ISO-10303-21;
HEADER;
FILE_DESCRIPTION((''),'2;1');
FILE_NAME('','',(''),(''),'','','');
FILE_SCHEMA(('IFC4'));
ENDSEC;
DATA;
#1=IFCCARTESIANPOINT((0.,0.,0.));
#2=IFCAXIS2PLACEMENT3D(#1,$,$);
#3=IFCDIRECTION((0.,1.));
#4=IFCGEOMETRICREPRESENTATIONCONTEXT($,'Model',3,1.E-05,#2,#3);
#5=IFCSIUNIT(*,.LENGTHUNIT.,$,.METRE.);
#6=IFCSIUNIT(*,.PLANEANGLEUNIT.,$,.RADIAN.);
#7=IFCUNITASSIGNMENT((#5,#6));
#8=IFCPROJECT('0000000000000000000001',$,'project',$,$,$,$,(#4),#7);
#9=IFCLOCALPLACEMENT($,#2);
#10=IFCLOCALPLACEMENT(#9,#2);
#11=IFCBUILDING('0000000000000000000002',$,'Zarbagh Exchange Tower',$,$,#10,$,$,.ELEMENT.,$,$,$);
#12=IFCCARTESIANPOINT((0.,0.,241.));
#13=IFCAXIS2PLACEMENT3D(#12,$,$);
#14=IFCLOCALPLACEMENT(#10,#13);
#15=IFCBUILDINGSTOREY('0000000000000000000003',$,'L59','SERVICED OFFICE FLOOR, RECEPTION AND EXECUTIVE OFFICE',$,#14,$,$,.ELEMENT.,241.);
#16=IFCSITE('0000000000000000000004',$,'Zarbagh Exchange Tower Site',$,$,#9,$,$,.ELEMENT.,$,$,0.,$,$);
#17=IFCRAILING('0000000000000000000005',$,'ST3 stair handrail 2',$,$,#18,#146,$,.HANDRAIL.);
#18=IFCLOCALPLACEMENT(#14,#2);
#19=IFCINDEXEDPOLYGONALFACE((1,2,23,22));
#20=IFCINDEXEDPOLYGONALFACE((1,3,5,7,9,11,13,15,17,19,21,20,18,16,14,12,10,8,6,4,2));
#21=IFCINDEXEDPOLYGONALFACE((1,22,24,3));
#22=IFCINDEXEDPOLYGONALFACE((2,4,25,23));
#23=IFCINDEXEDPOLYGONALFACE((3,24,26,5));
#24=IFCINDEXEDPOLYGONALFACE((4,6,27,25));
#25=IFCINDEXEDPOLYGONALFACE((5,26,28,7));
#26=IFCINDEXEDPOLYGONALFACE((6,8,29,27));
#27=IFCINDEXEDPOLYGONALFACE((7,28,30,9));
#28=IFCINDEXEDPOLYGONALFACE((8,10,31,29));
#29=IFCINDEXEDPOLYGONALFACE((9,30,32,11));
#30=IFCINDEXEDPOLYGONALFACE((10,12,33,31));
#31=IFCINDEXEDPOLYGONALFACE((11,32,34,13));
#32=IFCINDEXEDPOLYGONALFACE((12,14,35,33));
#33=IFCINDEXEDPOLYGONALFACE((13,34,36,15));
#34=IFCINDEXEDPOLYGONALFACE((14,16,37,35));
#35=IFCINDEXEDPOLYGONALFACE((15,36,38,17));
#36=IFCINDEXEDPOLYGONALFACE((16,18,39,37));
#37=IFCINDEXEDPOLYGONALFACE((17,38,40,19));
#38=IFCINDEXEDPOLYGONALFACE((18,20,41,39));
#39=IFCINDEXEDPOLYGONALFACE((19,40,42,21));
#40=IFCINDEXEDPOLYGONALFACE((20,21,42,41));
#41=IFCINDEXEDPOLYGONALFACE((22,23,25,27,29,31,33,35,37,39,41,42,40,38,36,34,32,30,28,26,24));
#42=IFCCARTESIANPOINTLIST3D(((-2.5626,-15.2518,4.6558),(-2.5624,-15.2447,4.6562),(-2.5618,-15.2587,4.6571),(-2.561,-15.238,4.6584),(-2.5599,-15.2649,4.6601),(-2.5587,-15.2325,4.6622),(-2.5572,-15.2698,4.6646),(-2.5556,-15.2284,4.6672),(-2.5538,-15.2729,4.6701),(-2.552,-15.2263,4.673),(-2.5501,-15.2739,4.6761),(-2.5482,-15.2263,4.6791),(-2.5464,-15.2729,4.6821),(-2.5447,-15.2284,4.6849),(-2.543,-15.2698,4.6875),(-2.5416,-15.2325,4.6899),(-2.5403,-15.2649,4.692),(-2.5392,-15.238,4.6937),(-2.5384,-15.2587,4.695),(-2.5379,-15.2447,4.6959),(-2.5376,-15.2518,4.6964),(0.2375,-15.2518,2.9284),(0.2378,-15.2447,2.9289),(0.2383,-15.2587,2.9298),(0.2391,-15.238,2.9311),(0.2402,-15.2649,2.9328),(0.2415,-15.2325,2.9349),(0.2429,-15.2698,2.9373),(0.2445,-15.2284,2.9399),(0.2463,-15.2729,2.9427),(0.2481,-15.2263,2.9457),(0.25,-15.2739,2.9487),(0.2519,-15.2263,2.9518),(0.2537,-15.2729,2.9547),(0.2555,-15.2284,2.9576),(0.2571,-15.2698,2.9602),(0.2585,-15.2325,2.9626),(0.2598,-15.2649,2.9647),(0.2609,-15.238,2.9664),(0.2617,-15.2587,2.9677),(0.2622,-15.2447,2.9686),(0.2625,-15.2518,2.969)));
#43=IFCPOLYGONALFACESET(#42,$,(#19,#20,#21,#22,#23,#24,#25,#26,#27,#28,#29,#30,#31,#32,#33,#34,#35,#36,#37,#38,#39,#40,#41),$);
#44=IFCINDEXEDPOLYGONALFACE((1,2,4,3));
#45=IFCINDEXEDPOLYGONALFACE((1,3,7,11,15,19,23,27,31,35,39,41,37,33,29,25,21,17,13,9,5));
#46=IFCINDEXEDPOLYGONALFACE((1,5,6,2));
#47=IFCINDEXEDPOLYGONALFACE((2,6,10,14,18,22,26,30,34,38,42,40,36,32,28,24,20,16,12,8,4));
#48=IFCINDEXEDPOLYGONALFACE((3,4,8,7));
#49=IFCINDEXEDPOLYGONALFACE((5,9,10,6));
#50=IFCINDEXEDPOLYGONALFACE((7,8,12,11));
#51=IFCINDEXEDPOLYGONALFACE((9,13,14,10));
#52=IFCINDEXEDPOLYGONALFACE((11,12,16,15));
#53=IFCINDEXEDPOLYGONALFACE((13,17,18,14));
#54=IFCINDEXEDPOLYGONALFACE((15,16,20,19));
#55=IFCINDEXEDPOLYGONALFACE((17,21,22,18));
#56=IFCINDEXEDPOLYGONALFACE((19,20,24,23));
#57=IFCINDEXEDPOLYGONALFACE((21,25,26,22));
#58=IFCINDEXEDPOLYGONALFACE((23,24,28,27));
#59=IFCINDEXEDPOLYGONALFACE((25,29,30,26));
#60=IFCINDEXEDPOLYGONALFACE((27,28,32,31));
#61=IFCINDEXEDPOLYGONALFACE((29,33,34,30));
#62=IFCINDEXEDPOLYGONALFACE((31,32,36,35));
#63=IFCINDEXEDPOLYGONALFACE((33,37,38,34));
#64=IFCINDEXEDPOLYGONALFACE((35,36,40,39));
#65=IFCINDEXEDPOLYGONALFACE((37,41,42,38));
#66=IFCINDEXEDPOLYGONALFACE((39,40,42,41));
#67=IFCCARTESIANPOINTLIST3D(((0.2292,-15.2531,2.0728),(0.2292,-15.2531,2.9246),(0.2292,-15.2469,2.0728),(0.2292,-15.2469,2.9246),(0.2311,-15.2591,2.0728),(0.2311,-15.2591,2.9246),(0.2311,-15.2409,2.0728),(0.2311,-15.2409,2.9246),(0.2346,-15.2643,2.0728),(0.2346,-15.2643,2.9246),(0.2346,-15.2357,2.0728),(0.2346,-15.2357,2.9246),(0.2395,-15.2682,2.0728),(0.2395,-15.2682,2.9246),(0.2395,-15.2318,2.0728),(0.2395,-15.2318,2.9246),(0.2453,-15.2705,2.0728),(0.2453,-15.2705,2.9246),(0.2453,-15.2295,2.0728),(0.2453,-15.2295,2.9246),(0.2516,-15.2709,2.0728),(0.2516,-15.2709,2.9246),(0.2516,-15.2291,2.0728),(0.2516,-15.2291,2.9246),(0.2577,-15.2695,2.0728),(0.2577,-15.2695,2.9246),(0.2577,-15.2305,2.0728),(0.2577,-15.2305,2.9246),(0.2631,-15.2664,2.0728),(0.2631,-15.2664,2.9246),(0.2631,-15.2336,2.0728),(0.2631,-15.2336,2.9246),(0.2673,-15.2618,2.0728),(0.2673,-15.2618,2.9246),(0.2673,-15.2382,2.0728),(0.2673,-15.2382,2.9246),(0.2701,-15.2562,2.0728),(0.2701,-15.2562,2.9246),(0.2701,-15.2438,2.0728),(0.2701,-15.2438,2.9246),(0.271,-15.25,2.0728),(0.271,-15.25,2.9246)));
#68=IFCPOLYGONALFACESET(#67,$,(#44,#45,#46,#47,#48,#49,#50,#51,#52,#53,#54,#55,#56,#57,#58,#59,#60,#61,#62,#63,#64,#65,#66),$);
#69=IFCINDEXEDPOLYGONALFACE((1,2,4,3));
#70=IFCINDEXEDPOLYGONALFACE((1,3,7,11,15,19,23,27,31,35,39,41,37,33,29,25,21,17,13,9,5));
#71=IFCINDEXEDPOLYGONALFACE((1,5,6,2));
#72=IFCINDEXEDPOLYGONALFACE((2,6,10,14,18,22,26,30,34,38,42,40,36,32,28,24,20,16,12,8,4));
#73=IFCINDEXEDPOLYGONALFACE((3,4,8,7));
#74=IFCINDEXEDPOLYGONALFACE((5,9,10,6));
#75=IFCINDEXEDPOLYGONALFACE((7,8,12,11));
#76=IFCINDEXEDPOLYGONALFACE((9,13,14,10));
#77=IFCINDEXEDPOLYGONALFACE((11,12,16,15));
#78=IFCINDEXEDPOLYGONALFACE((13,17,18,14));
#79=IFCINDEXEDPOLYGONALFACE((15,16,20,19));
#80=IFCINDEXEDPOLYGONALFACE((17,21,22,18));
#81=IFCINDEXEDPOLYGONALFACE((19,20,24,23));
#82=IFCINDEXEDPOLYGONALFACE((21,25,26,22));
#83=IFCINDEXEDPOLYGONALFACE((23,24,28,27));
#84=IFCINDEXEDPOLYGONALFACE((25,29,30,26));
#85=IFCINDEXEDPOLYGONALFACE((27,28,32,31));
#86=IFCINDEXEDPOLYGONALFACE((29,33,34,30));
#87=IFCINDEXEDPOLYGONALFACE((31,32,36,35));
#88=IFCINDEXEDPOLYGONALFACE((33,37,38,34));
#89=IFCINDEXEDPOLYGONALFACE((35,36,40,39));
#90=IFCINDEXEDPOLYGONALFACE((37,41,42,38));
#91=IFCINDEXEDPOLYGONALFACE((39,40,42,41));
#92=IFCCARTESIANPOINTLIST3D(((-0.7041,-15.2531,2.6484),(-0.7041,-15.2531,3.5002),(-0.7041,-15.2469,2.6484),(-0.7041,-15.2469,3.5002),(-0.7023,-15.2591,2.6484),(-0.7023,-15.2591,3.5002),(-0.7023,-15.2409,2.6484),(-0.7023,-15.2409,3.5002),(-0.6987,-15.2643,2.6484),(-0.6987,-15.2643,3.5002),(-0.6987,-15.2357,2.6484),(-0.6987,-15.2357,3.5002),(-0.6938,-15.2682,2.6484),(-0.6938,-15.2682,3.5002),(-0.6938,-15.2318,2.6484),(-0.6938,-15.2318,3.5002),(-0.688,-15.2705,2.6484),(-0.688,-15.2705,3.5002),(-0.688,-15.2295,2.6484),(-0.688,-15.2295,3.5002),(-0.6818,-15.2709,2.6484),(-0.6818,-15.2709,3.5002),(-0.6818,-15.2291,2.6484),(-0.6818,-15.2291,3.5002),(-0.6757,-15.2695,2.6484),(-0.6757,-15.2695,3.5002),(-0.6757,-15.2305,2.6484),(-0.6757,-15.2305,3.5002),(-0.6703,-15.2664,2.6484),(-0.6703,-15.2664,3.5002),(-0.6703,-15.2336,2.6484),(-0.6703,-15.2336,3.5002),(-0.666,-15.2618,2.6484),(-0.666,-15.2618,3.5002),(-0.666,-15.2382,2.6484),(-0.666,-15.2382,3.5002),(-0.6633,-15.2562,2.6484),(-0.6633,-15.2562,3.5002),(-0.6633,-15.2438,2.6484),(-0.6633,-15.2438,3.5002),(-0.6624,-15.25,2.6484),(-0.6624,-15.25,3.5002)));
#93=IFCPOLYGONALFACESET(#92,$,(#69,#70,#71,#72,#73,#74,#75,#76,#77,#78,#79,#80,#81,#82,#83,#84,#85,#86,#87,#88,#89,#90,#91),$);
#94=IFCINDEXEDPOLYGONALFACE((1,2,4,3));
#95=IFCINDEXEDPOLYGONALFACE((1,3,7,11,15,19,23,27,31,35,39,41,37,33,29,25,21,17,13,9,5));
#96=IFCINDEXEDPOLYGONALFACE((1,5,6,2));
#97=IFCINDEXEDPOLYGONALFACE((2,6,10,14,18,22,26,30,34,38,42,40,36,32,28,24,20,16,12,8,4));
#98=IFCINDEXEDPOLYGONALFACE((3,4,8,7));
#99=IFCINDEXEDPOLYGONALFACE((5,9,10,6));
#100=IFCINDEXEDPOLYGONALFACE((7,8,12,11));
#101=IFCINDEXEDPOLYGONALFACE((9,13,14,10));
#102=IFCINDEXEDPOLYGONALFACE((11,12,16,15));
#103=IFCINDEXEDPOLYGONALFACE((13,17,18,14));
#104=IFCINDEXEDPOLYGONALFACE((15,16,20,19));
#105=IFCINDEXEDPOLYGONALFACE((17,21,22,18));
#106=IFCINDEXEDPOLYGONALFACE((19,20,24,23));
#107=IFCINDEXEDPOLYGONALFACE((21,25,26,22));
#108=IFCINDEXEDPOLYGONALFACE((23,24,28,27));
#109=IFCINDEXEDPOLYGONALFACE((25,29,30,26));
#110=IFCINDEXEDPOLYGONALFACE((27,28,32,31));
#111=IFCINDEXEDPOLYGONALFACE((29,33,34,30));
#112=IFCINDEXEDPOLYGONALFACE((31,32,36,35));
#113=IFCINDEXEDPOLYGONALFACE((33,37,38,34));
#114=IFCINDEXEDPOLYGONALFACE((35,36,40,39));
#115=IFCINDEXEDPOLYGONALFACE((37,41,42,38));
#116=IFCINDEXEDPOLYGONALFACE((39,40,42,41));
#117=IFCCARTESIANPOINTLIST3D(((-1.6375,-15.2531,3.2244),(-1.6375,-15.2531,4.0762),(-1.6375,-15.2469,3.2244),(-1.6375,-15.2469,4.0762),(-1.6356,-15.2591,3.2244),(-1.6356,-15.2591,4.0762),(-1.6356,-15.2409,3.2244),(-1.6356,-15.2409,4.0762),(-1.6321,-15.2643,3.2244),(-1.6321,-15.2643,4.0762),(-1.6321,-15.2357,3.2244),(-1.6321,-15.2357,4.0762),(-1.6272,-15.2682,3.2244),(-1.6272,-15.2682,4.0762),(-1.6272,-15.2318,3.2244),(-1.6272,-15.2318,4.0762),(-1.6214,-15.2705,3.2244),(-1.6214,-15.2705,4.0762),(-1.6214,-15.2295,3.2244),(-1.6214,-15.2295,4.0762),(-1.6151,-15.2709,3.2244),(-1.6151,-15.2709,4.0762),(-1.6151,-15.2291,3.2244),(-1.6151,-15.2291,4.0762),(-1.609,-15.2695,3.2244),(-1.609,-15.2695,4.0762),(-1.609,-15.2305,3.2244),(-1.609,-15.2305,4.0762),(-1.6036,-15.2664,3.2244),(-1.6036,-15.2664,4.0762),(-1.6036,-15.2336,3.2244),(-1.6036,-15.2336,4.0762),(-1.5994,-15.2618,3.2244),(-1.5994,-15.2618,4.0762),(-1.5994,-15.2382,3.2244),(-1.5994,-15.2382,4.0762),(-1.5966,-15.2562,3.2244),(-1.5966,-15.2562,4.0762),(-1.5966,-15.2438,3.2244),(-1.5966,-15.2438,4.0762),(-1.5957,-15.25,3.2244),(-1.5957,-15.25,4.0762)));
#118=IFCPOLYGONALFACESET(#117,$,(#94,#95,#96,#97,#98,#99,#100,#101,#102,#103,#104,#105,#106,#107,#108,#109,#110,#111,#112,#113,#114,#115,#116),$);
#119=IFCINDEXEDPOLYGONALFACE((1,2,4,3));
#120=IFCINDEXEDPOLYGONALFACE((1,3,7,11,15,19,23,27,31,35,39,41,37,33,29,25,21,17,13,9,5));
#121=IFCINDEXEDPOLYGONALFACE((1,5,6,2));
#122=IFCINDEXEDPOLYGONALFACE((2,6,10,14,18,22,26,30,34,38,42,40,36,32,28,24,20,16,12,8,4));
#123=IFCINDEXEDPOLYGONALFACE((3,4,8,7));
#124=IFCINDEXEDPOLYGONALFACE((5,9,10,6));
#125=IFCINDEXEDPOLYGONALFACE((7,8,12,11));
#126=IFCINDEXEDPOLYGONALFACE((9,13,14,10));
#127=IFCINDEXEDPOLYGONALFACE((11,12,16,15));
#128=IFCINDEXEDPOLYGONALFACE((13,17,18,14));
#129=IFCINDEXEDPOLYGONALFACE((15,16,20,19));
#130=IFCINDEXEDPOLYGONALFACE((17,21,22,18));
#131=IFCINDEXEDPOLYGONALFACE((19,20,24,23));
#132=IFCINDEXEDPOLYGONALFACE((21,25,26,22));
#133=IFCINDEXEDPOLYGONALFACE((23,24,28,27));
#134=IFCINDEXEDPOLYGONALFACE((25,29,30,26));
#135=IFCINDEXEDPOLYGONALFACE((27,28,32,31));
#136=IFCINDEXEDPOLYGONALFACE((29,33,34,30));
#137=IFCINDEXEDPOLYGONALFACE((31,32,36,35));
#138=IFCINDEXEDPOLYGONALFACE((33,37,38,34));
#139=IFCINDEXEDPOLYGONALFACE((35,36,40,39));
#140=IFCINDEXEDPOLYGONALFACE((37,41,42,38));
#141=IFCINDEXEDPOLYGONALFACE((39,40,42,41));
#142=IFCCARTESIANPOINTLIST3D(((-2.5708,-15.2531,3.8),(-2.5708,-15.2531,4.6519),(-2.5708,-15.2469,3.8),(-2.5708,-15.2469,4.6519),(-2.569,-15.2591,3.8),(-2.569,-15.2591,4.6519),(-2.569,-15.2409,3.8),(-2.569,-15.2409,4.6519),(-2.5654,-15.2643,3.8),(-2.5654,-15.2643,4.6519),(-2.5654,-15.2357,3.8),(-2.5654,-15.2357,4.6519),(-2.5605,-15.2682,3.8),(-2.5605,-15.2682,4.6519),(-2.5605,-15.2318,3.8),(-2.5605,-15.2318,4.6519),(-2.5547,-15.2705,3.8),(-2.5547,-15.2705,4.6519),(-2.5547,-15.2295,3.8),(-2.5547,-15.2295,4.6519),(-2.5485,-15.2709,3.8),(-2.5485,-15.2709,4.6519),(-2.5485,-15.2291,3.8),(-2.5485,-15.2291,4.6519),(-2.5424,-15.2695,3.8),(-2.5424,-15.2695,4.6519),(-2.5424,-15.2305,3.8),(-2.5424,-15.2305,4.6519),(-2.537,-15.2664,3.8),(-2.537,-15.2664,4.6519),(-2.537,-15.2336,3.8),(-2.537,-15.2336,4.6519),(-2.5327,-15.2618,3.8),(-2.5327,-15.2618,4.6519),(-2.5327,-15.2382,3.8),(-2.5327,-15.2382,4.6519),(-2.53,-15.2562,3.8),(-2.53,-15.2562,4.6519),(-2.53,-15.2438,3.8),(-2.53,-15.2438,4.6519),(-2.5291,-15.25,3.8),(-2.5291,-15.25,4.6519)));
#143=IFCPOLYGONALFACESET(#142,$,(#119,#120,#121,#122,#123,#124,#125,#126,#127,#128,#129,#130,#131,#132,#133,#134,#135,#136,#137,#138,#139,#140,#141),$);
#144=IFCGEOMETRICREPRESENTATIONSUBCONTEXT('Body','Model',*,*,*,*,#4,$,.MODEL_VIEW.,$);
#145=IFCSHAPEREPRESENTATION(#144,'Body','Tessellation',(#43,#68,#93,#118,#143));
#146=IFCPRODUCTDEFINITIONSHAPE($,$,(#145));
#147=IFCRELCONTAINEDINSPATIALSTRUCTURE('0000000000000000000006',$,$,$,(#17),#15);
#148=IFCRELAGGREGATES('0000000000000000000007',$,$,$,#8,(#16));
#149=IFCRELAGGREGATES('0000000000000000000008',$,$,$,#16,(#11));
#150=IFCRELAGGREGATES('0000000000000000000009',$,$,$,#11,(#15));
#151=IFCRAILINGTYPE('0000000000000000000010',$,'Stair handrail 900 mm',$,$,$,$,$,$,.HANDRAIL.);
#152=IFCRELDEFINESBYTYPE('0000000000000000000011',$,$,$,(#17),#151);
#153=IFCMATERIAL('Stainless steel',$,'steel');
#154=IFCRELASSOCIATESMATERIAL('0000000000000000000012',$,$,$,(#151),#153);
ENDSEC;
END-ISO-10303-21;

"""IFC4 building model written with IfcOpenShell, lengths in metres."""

from ifc_helpers import new_model, si_unit, direction, frame, origin, origin_2d, place, context, subcontext, project, spatial, circle, extrude, material, type_object, element, save


model = new_model("IFC4")

# Units and contexts
model_context = context("Model", 3, precision=1e-05, world=origin(), true_north=direction((0.0, 1.0)))
body_context = subcontext(model_context, "Body", "Model", "MODEL_VIEW")
ifc_project = project(units=[si_unit("LENGTHUNIT", "METRE"), si_unit("PLANEANGLEUNIT", "RADIAN")], contexts=[model_context])

# Site, building, storey
site_placement = place(None, origin())
site = spatial("IfcSite", under=ifc_project, at=site_placement, Name="Zarbagh Exchange Tower Site", CompositionType="ELEMENT", RefElevation=0.0)
building_placement = place(site_placement, origin())
building = spatial("IfcBuilding", under=site, at=building_placement, Name="Zarbagh Exchange Tower", CompositionType="ELEMENT")
storey_placement = place(building_placement, frame((0.0, 0.0, 241.0)))
storey = spatial("IfcBuildingStorey", under=building, at=storey_placement, Name="L59", Description="SERVICED OFFICE FLOOR, RECEPTION AND EXECUTIVE OFFICE", CompositionType="ELEMENT", Elevation=241.0)

# Shared definitions
ifc_material_1 = material(Name="Stainless steel", Category="steel")

# Railing
railing_type_1 = type_object("IfcRailingType", Name="Stair handrail 900 mm", PredefinedType="HANDRAIL", material=ifc_material_1)
railing_1_placement = place(storey_placement, frame((0.25, -15.25, 2.0728)))
element("IfcRailing", 1, at=railing_1_placement, inside=storey, type_object=railing_type_1, Name="ST3 stair handrail 2", PredefinedType="HANDRAIL", context=body_context, shape_type="SweptSolid", body=[
    extrude(circle(Radius=0.0239, at=origin_2d()), frame((0.0, 0.0, 0.876), z_axis=(-0.85109, 0.0, 0.52502), x_axis=(0.0, -1.0, 0.0)), (0.0, 0.0, 1.0), 3.29),
    extrude(circle(Radius=0.021, at=origin_2d()), origin(), (0.0, 0.0, 1.0), 0.8518),
    extrude(circle(Radius=0.021, at=origin_2d()), frame((-0.9333, 0.0, 0.5757)), (0.0, 0.0, 1.0), 0.8518),
    extrude(circle(Radius=0.021, at=origin_2d()), frame((-1.8667, 0.0, 1.1516)), (0.0, 0.0, 1.0), 0.8518),
    extrude(circle(Radius=0.021, at=origin_2d()), frame((-2.8, 0.0, 1.7273)), (0.0, 0.0, 1.0), 0.8518),
])

save(model, "model.ifc")
